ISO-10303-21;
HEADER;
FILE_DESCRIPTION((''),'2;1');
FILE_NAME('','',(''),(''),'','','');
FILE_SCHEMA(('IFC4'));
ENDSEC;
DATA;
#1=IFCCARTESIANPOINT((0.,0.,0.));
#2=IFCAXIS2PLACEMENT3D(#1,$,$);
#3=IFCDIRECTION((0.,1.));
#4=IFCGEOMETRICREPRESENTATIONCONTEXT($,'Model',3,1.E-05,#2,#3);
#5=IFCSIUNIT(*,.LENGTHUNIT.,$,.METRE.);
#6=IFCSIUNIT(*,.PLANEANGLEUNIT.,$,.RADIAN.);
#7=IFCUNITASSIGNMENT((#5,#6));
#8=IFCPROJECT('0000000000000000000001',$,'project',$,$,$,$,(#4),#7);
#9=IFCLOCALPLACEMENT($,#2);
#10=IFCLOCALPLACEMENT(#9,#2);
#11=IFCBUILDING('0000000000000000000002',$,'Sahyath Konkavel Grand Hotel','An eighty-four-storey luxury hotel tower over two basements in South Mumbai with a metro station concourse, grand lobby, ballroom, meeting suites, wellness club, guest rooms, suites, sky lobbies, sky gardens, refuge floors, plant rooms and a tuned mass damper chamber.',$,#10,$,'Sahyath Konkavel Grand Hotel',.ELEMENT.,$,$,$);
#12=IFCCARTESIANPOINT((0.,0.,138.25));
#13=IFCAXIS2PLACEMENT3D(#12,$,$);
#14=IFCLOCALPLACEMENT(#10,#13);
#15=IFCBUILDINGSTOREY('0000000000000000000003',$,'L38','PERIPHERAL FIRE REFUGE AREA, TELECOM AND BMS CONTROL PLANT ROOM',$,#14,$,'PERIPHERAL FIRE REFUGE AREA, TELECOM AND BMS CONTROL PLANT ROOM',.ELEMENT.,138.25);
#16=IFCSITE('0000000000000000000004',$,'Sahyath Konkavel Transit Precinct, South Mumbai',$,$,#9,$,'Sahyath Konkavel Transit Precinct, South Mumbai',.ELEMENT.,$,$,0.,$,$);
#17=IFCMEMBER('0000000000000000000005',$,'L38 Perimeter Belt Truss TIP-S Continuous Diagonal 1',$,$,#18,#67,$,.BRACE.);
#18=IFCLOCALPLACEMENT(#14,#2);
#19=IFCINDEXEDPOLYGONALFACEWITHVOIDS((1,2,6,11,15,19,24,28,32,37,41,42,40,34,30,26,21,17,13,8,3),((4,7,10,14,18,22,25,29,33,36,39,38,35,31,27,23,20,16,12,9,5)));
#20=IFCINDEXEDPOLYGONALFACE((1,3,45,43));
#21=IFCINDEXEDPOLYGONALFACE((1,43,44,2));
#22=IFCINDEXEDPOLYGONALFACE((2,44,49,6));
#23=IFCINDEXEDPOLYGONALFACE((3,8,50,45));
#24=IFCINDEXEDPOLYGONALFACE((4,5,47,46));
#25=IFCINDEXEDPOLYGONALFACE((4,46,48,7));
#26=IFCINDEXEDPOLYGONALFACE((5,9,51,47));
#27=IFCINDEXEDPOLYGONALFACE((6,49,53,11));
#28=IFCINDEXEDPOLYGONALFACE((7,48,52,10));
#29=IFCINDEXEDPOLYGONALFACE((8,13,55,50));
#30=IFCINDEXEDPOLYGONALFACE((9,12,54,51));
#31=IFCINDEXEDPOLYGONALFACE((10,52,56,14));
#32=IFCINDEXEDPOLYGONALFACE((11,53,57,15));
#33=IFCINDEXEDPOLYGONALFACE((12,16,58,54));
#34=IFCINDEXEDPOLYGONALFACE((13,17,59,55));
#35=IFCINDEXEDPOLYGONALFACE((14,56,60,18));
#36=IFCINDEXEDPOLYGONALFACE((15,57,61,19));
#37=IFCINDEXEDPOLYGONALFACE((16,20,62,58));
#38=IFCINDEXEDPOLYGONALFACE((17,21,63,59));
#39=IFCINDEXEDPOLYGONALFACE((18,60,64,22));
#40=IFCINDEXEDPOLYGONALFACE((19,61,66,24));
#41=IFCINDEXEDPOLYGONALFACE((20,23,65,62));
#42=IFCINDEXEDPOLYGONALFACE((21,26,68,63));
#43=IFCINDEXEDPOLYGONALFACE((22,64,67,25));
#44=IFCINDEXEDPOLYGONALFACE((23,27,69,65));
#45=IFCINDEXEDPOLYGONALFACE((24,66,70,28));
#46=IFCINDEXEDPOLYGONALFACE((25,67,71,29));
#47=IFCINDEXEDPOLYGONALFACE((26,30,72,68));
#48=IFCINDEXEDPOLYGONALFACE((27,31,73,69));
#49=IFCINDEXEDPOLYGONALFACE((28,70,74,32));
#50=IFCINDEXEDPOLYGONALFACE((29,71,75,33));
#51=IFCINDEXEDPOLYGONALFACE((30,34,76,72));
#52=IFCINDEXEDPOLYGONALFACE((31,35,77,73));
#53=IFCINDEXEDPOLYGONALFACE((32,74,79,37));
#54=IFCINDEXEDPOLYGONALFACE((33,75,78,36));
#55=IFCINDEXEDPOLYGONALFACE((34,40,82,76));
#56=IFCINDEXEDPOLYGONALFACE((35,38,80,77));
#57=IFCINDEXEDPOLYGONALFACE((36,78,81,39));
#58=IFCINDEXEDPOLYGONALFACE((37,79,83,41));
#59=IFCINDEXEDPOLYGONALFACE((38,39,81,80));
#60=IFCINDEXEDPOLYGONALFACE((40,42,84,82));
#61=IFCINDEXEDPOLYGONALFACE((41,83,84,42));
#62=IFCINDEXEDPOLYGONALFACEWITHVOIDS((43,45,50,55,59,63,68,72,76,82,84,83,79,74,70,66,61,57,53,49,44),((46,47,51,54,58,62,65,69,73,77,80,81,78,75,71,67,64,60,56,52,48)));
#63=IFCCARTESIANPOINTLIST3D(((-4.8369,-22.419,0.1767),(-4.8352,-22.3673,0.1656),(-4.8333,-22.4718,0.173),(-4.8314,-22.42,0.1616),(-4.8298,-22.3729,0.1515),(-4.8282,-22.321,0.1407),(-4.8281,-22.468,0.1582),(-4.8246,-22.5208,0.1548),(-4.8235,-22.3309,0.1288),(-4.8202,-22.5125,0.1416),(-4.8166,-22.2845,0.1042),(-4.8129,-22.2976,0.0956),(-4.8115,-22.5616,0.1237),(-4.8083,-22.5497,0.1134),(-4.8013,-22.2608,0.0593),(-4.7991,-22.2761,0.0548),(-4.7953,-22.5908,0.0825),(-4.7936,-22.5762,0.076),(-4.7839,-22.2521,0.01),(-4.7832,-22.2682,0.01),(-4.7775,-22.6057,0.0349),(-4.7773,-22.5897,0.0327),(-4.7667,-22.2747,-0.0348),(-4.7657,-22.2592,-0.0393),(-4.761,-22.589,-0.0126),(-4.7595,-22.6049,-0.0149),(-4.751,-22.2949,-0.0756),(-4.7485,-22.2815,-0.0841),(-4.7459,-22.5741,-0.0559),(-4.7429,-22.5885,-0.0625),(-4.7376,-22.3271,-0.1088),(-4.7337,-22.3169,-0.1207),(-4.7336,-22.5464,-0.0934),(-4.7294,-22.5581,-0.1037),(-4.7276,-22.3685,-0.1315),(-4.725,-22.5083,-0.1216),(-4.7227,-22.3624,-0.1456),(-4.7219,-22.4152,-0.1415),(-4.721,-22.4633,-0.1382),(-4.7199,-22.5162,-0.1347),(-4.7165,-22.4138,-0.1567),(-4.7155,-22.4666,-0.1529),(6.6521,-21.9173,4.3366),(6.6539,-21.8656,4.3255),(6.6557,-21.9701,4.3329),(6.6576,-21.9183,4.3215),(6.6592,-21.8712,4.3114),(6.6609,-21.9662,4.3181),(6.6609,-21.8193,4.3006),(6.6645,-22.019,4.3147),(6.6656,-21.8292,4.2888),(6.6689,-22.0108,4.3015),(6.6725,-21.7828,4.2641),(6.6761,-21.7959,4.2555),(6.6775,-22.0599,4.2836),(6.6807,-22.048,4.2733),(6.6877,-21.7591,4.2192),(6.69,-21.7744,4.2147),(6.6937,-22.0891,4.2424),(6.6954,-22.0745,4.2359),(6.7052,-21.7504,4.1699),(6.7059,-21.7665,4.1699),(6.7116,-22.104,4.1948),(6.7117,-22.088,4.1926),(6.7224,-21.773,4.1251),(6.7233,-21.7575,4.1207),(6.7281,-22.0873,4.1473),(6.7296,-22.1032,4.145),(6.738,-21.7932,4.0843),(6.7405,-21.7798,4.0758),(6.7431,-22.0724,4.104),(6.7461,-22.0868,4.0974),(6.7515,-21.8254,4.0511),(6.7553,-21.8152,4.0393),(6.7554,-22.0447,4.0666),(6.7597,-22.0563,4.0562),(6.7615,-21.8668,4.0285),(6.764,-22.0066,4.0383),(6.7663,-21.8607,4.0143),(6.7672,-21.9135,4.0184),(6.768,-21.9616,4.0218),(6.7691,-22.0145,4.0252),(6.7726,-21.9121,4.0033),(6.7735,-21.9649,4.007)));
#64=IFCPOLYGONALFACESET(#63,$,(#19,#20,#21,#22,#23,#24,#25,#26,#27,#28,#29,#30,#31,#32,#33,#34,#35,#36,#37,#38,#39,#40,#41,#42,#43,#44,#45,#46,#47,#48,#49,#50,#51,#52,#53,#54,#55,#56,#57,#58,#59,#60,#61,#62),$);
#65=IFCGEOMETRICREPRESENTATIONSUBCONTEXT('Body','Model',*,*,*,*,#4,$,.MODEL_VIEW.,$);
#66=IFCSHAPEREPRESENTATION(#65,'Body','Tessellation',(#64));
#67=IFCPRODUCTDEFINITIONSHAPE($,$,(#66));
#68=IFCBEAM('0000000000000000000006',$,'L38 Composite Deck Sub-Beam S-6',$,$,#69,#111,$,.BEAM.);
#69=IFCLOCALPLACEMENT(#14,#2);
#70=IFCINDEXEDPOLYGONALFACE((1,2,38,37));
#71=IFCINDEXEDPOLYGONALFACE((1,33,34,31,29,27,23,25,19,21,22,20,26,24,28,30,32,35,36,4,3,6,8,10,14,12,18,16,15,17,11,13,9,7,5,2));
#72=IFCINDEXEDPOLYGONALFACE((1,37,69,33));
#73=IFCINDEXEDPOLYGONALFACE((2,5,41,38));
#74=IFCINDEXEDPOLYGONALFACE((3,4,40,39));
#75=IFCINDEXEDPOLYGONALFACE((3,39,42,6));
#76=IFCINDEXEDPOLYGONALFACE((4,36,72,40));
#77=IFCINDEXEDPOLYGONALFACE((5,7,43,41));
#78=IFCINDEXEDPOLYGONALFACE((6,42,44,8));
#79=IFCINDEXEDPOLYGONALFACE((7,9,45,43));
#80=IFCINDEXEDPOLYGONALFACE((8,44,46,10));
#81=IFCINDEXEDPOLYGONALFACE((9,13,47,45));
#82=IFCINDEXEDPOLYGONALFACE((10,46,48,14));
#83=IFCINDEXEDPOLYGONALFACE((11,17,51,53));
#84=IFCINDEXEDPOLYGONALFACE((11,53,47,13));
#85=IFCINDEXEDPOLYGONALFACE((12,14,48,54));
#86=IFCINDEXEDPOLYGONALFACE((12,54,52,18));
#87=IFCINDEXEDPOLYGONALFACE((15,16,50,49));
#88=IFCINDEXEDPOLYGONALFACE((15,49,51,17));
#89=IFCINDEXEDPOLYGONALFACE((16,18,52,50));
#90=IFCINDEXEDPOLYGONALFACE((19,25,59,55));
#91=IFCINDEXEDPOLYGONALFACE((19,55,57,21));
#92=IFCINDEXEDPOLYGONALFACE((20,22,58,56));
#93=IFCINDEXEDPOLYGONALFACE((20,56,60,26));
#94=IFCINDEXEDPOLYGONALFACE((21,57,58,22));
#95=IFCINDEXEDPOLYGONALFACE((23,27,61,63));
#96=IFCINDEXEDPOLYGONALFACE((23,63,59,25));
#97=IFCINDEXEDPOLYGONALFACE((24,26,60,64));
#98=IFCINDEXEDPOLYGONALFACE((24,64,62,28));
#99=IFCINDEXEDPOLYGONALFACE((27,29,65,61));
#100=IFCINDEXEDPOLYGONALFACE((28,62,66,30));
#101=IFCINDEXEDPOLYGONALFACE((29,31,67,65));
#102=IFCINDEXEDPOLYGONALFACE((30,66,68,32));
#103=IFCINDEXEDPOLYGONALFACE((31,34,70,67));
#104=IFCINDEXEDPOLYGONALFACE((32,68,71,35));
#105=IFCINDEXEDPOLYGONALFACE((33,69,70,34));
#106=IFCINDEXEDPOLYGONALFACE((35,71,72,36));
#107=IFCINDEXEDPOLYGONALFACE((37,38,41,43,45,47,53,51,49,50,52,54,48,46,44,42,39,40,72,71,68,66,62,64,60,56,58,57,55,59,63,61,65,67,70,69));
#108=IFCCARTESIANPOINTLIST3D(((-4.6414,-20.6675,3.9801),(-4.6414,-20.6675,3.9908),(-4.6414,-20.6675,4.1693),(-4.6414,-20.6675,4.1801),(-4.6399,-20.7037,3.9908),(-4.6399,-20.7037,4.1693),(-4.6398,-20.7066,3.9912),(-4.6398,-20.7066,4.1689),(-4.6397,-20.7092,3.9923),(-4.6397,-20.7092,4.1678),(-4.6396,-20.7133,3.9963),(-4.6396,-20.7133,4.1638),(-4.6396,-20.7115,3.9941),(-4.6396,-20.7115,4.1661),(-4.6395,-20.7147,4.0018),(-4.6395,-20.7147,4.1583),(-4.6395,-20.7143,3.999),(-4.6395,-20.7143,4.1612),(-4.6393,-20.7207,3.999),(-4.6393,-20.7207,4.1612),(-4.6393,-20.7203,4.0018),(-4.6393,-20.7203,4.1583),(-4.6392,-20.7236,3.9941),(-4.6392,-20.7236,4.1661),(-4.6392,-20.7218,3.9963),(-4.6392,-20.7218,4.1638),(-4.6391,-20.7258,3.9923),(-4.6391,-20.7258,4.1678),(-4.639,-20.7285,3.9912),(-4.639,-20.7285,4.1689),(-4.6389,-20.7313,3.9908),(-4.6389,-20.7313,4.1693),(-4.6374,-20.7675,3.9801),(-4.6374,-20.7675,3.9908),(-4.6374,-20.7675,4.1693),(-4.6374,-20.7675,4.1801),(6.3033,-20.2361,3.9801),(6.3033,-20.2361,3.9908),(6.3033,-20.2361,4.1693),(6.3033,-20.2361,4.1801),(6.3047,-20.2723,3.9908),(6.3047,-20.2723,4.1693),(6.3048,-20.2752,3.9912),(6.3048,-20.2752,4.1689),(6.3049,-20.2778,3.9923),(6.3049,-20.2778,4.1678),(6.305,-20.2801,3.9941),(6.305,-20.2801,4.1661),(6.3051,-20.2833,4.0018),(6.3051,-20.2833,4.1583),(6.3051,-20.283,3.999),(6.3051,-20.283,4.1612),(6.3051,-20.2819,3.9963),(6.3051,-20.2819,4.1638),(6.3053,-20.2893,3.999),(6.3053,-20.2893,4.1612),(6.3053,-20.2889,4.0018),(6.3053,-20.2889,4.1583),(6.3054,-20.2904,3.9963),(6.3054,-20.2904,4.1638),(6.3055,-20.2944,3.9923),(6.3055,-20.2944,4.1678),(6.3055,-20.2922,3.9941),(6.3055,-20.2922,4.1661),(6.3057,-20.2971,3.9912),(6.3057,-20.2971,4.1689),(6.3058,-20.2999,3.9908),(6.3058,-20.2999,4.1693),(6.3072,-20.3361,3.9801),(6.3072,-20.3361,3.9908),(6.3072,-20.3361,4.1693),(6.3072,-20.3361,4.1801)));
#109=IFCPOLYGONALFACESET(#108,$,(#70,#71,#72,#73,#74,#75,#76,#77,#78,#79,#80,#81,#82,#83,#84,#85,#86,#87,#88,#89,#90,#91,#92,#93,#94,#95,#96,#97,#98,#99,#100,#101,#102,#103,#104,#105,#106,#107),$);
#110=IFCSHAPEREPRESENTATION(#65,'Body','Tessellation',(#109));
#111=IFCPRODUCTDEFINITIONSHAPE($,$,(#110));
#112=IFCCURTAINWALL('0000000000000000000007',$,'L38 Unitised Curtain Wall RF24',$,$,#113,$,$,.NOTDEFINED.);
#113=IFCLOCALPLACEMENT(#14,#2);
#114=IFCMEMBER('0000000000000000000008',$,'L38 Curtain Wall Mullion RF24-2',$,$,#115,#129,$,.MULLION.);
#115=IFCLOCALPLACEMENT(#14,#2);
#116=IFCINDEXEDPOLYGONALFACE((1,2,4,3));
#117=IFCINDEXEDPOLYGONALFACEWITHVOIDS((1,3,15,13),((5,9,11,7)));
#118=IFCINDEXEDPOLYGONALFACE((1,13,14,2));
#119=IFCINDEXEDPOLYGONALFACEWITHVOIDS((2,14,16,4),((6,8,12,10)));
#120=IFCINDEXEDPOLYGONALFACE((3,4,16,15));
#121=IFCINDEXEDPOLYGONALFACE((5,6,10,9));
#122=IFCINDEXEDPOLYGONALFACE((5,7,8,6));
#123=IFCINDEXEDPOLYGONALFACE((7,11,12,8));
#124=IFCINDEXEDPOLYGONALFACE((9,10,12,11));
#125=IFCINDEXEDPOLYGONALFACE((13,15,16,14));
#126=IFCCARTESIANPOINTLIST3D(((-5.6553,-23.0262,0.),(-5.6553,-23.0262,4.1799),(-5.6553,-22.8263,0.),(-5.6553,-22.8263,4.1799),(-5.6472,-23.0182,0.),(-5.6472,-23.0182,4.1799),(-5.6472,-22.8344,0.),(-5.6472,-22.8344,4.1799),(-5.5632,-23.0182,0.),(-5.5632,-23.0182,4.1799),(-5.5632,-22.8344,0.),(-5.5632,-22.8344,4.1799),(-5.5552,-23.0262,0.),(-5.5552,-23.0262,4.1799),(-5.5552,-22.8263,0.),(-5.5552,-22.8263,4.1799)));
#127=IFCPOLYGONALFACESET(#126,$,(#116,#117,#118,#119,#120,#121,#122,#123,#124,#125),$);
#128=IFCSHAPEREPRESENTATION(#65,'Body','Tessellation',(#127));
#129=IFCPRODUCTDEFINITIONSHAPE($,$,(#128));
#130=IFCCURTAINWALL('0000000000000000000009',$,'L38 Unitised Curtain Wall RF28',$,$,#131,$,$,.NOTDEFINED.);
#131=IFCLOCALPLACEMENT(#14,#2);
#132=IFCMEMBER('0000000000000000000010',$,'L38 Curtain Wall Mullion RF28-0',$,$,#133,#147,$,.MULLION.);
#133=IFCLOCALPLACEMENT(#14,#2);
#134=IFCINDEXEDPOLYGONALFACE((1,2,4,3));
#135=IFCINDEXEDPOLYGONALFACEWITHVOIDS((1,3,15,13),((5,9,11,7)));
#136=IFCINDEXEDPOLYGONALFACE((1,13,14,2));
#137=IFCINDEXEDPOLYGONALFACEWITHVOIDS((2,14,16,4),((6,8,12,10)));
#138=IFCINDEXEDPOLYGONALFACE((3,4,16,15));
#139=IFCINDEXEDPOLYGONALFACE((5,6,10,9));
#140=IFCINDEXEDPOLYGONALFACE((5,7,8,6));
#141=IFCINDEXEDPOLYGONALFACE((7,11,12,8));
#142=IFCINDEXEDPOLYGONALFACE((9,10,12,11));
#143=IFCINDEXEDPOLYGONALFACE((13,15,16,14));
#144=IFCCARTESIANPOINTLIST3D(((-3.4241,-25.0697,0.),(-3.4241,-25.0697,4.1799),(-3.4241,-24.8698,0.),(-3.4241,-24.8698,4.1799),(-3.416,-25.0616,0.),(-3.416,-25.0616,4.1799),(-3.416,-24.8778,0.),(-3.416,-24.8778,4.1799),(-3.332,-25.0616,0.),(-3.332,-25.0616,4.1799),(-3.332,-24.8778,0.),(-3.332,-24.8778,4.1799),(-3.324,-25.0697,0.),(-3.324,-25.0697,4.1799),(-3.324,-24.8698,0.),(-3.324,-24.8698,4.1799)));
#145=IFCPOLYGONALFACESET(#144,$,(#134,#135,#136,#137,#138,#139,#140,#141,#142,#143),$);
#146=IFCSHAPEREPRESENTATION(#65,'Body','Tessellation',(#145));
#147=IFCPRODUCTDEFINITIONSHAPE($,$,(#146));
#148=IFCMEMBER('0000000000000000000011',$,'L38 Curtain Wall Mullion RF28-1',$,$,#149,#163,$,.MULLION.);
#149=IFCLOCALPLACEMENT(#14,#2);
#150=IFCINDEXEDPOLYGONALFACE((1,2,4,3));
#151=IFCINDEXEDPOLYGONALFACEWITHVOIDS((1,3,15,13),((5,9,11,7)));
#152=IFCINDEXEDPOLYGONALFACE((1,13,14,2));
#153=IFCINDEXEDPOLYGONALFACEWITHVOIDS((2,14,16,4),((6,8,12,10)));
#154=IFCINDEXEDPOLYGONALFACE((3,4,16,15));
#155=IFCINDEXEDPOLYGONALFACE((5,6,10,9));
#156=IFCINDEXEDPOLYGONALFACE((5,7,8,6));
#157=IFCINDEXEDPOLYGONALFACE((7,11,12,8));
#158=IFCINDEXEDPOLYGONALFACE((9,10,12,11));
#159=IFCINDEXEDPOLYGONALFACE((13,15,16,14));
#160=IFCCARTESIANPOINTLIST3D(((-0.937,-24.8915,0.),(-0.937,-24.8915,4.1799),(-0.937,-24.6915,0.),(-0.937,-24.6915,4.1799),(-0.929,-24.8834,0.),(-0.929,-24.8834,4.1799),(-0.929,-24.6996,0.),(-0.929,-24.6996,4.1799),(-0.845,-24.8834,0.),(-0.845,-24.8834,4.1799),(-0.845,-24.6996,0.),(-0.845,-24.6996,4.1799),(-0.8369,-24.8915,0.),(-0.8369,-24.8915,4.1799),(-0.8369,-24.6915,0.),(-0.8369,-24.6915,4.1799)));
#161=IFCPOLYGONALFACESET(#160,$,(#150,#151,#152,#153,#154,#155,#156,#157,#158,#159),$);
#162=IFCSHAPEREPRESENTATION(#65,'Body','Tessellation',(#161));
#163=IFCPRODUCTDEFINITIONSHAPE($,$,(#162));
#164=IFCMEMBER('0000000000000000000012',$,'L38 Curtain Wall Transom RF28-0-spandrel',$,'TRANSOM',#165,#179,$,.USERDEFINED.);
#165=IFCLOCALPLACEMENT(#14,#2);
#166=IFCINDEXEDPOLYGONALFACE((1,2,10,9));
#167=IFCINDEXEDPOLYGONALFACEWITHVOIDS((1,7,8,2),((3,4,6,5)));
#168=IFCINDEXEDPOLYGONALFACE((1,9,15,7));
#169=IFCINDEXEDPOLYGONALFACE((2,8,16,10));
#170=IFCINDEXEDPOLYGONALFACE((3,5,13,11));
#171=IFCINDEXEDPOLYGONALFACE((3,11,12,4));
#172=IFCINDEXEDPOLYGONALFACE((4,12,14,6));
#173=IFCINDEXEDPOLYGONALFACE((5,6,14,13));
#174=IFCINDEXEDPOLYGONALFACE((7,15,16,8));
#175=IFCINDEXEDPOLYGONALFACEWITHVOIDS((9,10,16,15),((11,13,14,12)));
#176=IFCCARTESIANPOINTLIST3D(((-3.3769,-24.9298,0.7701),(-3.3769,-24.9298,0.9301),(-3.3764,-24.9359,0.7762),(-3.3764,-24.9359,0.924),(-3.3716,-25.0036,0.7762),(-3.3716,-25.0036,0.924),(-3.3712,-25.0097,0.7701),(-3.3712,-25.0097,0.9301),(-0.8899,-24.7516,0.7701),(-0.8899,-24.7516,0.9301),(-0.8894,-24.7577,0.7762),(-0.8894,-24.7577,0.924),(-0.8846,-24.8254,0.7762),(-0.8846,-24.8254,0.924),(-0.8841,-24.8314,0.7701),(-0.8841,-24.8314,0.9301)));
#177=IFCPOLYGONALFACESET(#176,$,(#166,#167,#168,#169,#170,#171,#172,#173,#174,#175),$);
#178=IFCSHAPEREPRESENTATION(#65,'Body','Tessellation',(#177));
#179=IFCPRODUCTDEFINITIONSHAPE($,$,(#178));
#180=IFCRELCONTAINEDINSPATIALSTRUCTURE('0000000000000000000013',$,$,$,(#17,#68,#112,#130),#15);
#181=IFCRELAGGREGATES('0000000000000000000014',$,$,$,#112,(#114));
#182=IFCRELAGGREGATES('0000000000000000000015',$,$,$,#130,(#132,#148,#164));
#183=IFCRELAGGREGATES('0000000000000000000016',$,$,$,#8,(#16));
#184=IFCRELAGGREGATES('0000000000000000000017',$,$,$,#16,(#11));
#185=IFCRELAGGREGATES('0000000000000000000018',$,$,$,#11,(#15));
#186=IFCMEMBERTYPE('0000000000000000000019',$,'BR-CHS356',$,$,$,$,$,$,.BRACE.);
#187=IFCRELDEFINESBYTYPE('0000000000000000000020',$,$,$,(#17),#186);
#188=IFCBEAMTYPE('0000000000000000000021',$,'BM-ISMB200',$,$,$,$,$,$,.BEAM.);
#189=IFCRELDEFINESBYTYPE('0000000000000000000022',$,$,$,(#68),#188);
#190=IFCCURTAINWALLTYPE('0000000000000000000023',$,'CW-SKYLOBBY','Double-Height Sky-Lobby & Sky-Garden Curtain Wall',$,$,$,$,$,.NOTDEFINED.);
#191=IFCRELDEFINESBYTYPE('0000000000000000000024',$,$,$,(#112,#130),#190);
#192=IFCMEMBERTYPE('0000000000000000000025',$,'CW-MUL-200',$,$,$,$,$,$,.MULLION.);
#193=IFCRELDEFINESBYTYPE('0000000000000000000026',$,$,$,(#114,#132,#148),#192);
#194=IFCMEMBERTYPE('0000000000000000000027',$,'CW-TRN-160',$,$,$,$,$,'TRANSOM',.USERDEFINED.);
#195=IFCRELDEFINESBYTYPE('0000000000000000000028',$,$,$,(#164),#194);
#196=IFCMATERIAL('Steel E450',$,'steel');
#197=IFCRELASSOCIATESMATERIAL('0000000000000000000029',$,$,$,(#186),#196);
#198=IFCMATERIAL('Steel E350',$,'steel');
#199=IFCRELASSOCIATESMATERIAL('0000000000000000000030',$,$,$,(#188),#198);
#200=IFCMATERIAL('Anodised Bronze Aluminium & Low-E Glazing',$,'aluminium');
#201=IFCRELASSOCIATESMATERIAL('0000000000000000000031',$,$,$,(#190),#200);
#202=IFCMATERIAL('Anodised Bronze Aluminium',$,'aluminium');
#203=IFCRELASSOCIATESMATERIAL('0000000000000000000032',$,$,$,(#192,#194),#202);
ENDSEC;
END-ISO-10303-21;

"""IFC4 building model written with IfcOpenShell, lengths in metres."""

from ifc_helpers import new_model, si_unit, direction, frame, origin, origin_2d, place, context, subcontext, project, spatial, hollow_rectangle, hollow_circle, i_section, extrude, source, transform, mapped, material, material_profile, profile_set, type_object, element, aggregate, save


model = new_model("IFC4")

# Units and contexts
model_context = context("Model", 3, precision=1e-05, world=origin(), true_north=direction((0.0, 1.0)))
body_context = subcontext(model_context, "Body", "Model", "MODEL_VIEW")
ifc_project = project(units=[si_unit("LENGTHUNIT", "METRE"), si_unit("PLANEANGLEUNIT", "RADIAN")], contexts=[model_context])

# Site, building, storey
site_placement = place(None, origin())
site = spatial("IfcSite", under=ifc_project, at=site_placement, Name="Sahyath Konkavel Transit Precinct, South Mumbai", LongName="Sahyath Konkavel Transit Precinct, South Mumbai", CompositionType="ELEMENT", RefElevation=0.0)
building_placement = place(site_placement, origin())
building = spatial("IfcBuilding", under=site, at=building_placement, Name="Sahyath Konkavel Grand Hotel", Description="An eighty-four-storey luxury hotel tower over two basements in South Mumbai with a metro station concourse, grand lobby, ballroom, meeting suites, wellness club, guest rooms, suites, sky lobbies, sky gardens, refuge floors, plant rooms and a tuned mass damper chamber.", LongName="Sahyath Konkavel Grand Hotel", CompositionType="ELEMENT")
storey_placement = place(building_placement, frame((0.0, 0.0, 138.25)))
storey = spatial("IfcBuildingStorey", under=building, at=storey_placement, Name="L38", Description="PERIPHERAL FIRE REFUGE AREA, TELECOM AND BMS CONTROL PLANT ROOM", LongName="PERIPHERAL FIRE REFUGE AREA, TELECOM AND BMS CONTROL PLANT ROOM", CompositionType="ELEMENT", Elevation=138.25)

# Shared definitions
ifc_material_1 = material(Name="Steel E450", Category="steel")

# Shared definitions
ifc_material_2 = material(Name="Steel E350", Category="steel")

# Member
ifc_material_profile_1 = material_profile(ifc_material_1, hollow_circle(Radius=0.1777, WallThickness=0.0161, at=origin_2d()), Name="CHS 355.6x16")
ifc_profile_set_1 = profile_set([ifc_material_profile_1], Name="Steel E450")
member_type_1 = type_object("IfcMemberType", Name="BR-CHS356", PredefinedType="BRACE", material=ifc_profile_set_1)
shared_shape_1 = source(origin(), body_context, "Body", "SweptSolid", [
    extrude(hollow_circle(Radius=0.1777, WallThickness=0.0161, at=origin_2d()), origin(), (0.0, 0.0, 1.0), 12.2292),
])
member_1_placement = place(storey_placement, frame((-4.7761, -22.4297, 0.01), z_axis=(0.939472, 0.041025, 0.340161), x_axis=(-0.043627, 0.999048, 0.0)))
element("IfcMember", 1, at=member_1_placement, inside=storey, type_object=member_type_1, Name="L38 Perimeter Belt Truss TIP-S Continuous Diagonal 1", PredefinedType="BRACE", context=body_context, shape_type="MappedRepresentation", body=[
    mapped(shared_shape_1, transform((0.0, 0.0, 0.0), scale=1.0)),
])

# Beam
ifc_material_profile_2 = material_profile(ifc_material_2, i_section(OverallWidth=0.1001, OverallDepth=0.2, WebThickness=0.0056, FlangeThickness=0.0107, FilletRadius=0.011, at=origin_2d()), Name="ISMB 200")
ifc_profile_set_2 = profile_set([ifc_material_profile_2], Name="Steel E350")
beam_type_1 = type_object("IfcBeamType", Name="BM-ISMB200", PredefinedType="BEAM", material=ifc_profile_set_2)
shared_shape_2 = source(origin(), body_context, "Body", "SweptSolid", [
    extrude(i_section(OverallWidth=0.1001, OverallDepth=0.2, WebThickness=0.0056, FlangeThickness=0.0107, FilletRadius=0.011, at=origin_2d()), origin(), (0.0, 0.0, 1.0), 10.9531),
])
beam_1_placement = place(storey_placement, frame((-4.6394, -20.7175, 4.0801), z_axis=(0.999224, 0.039386, 0.0), x_axis=(-0.039386, 0.999224, 0.0)))
element("IfcBeam", 2, at=beam_1_placement, inside=storey, type_object=beam_type_1, Name="L38 Composite Deck Sub-Beam S-6", PredefinedType="BEAM", context=body_context, shape_type="MappedRepresentation", body=[
    mapped(shared_shape_2, transform((0.0, 0.0, 0.0), scale=1.0)),
])

# Curtain wall, member
ifc_material_3 = material(Name="Anodised Bronze Aluminium & Low-E Glazing", Category="aluminium")
curtain_wall_type = type_object("IfcCurtainWallType", Name="CW-SKYLOBBY", Description="Double-Height Sky-Lobby & Sky-Garden Curtain Wall", PredefinedType="NOTDEFINED", material=ifc_material_3)
curtain_wall_1_placement = place(storey_placement, origin())
curtain_wall_1 = element("IfcCurtainWall", 3, at=curtain_wall_1_placement, inside=storey, type_object=curtain_wall_type, Name="L38 Unitised Curtain Wall RF24", PredefinedType="NOTDEFINED")
ifc_material_4 = material(Name="Anodised Bronze Aluminium", Category="aluminium")
ifc_material_profile_3 = material_profile(ifc_material_4, hollow_rectangle(XDim=0.1001, YDim=0.2, WallThickness=0.0081, at=origin_2d()), Name="RHS 200x100x8")
ifc_profile_set_3 = profile_set([ifc_material_profile_3], Name="Anodised Bronze Aluminium")
member_type_2 = type_object("IfcMemberType", Name="CW-MUL-200", PredefinedType="MULLION", material=ifc_profile_set_3)
shared_shape_3 = source(origin(), body_context, "Body", "SweptSolid", [
    extrude(hollow_rectangle(XDim=0.1001, YDim=0.2, WallThickness=0.0081, at=origin_2d()), origin(), (0.0, 0.0, 1.0), 4.1799),
])
member_2_placement = place(storey_placement, frame((-5.6052, -22.9263, 0.0), z_axis=(0.0, 0.0, 1.0), x_axis=(1.0, 0.0, 0.0)))
member_2 = element("IfcMember", 4, at=member_2_placement, type_object=member_type_2, Name="L38 Curtain Wall Mullion RF24-2", PredefinedType="MULLION", context=body_context, shape_type="MappedRepresentation", body=[
    mapped(shared_shape_3, transform((0.0, 0.0, 0.0), scale=1.0)),
])

# Curtain wall, members
curtain_wall_2_placement = place(storey_placement, origin())
curtain_wall_2 = element("IfcCurtainWall", 5, at=curtain_wall_2_placement, inside=storey, type_object=curtain_wall_type, Name="L38 Unitised Curtain Wall RF28", PredefinedType="NOTDEFINED")
member_3_placement = place(storey_placement, frame((-3.374, -24.9697, 0.0), z_axis=(0.0, 0.0, 1.0), x_axis=(1.0, 0.0, 0.0)))
member_3 = element("IfcMember", 6, at=member_3_placement, type_object=member_type_2, Name="L38 Curtain Wall Mullion RF28-0", PredefinedType="MULLION", context=body_context, shape_type="MappedRepresentation", body=[
    mapped(shared_shape_3, transform((0.0, 0.0, 0.0), scale=1.0)),
])
member_4_placement = place(storey_placement, frame((-0.887, -24.7915, 0.0), z_axis=(0.0, 0.0, 1.0), x_axis=(1.0, 0.0, 0.0)))
member_4 = element("IfcMember", 7, at=member_4_placement, type_object=member_type_2, Name="L38 Curtain Wall Mullion RF28-1", PredefinedType="MULLION", context=body_context, shape_type="MappedRepresentation", body=[
    mapped(shared_shape_3, transform((0.0, 0.0, 0.0), scale=1.0)),
])
ifc_material_profile_4 = material_profile(ifc_material_4, hollow_rectangle(XDim=0.0801, YDim=0.1599, WallThickness=0.0061, at=origin_2d()), Name="RHS 160x80x6")
ifc_profile_set_4 = profile_set([ifc_material_profile_4], Name="Anodised Bronze Aluminium")
member_type_3 = type_object("IfcMemberType", Name="CW-TRN-160", ElementType="TRANSOM", PredefinedType="USERDEFINED", material=ifc_profile_set_4)
shared_shape_4 = source(origin(), body_context, "Body", "SweptSolid", [
    extrude(hollow_rectangle(XDim=0.0801, YDim=0.1599, WallThickness=0.0061, at=origin_2d()), origin(), (0.0, 0.0, 1.0), 2.4934),
])
member_5_placement = place(storey_placement, frame((-3.374, -24.9697, 0.8501), z_axis=(0.997442, 0.071477, 0.0), x_axis=(-0.071477, 0.997442, 0.0)))
member_5 = element("IfcMember", 8, at=member_5_placement, type_object=member_type_3, Name="L38 Curtain Wall Transom RF28-0-spandrel", ObjectType="TRANSOM", PredefinedType="USERDEFINED", context=body_context, shape_type="MappedRepresentation", body=[
    mapped(shared_shape_4, transform((0.0, 0.0, 0.0), scale=1.0)),
])

aggregate(curtain_wall_1, [member_2])
aggregate(curtain_wall_2, [member_3, member_4, member_5])

save(model, "model.ifc")
